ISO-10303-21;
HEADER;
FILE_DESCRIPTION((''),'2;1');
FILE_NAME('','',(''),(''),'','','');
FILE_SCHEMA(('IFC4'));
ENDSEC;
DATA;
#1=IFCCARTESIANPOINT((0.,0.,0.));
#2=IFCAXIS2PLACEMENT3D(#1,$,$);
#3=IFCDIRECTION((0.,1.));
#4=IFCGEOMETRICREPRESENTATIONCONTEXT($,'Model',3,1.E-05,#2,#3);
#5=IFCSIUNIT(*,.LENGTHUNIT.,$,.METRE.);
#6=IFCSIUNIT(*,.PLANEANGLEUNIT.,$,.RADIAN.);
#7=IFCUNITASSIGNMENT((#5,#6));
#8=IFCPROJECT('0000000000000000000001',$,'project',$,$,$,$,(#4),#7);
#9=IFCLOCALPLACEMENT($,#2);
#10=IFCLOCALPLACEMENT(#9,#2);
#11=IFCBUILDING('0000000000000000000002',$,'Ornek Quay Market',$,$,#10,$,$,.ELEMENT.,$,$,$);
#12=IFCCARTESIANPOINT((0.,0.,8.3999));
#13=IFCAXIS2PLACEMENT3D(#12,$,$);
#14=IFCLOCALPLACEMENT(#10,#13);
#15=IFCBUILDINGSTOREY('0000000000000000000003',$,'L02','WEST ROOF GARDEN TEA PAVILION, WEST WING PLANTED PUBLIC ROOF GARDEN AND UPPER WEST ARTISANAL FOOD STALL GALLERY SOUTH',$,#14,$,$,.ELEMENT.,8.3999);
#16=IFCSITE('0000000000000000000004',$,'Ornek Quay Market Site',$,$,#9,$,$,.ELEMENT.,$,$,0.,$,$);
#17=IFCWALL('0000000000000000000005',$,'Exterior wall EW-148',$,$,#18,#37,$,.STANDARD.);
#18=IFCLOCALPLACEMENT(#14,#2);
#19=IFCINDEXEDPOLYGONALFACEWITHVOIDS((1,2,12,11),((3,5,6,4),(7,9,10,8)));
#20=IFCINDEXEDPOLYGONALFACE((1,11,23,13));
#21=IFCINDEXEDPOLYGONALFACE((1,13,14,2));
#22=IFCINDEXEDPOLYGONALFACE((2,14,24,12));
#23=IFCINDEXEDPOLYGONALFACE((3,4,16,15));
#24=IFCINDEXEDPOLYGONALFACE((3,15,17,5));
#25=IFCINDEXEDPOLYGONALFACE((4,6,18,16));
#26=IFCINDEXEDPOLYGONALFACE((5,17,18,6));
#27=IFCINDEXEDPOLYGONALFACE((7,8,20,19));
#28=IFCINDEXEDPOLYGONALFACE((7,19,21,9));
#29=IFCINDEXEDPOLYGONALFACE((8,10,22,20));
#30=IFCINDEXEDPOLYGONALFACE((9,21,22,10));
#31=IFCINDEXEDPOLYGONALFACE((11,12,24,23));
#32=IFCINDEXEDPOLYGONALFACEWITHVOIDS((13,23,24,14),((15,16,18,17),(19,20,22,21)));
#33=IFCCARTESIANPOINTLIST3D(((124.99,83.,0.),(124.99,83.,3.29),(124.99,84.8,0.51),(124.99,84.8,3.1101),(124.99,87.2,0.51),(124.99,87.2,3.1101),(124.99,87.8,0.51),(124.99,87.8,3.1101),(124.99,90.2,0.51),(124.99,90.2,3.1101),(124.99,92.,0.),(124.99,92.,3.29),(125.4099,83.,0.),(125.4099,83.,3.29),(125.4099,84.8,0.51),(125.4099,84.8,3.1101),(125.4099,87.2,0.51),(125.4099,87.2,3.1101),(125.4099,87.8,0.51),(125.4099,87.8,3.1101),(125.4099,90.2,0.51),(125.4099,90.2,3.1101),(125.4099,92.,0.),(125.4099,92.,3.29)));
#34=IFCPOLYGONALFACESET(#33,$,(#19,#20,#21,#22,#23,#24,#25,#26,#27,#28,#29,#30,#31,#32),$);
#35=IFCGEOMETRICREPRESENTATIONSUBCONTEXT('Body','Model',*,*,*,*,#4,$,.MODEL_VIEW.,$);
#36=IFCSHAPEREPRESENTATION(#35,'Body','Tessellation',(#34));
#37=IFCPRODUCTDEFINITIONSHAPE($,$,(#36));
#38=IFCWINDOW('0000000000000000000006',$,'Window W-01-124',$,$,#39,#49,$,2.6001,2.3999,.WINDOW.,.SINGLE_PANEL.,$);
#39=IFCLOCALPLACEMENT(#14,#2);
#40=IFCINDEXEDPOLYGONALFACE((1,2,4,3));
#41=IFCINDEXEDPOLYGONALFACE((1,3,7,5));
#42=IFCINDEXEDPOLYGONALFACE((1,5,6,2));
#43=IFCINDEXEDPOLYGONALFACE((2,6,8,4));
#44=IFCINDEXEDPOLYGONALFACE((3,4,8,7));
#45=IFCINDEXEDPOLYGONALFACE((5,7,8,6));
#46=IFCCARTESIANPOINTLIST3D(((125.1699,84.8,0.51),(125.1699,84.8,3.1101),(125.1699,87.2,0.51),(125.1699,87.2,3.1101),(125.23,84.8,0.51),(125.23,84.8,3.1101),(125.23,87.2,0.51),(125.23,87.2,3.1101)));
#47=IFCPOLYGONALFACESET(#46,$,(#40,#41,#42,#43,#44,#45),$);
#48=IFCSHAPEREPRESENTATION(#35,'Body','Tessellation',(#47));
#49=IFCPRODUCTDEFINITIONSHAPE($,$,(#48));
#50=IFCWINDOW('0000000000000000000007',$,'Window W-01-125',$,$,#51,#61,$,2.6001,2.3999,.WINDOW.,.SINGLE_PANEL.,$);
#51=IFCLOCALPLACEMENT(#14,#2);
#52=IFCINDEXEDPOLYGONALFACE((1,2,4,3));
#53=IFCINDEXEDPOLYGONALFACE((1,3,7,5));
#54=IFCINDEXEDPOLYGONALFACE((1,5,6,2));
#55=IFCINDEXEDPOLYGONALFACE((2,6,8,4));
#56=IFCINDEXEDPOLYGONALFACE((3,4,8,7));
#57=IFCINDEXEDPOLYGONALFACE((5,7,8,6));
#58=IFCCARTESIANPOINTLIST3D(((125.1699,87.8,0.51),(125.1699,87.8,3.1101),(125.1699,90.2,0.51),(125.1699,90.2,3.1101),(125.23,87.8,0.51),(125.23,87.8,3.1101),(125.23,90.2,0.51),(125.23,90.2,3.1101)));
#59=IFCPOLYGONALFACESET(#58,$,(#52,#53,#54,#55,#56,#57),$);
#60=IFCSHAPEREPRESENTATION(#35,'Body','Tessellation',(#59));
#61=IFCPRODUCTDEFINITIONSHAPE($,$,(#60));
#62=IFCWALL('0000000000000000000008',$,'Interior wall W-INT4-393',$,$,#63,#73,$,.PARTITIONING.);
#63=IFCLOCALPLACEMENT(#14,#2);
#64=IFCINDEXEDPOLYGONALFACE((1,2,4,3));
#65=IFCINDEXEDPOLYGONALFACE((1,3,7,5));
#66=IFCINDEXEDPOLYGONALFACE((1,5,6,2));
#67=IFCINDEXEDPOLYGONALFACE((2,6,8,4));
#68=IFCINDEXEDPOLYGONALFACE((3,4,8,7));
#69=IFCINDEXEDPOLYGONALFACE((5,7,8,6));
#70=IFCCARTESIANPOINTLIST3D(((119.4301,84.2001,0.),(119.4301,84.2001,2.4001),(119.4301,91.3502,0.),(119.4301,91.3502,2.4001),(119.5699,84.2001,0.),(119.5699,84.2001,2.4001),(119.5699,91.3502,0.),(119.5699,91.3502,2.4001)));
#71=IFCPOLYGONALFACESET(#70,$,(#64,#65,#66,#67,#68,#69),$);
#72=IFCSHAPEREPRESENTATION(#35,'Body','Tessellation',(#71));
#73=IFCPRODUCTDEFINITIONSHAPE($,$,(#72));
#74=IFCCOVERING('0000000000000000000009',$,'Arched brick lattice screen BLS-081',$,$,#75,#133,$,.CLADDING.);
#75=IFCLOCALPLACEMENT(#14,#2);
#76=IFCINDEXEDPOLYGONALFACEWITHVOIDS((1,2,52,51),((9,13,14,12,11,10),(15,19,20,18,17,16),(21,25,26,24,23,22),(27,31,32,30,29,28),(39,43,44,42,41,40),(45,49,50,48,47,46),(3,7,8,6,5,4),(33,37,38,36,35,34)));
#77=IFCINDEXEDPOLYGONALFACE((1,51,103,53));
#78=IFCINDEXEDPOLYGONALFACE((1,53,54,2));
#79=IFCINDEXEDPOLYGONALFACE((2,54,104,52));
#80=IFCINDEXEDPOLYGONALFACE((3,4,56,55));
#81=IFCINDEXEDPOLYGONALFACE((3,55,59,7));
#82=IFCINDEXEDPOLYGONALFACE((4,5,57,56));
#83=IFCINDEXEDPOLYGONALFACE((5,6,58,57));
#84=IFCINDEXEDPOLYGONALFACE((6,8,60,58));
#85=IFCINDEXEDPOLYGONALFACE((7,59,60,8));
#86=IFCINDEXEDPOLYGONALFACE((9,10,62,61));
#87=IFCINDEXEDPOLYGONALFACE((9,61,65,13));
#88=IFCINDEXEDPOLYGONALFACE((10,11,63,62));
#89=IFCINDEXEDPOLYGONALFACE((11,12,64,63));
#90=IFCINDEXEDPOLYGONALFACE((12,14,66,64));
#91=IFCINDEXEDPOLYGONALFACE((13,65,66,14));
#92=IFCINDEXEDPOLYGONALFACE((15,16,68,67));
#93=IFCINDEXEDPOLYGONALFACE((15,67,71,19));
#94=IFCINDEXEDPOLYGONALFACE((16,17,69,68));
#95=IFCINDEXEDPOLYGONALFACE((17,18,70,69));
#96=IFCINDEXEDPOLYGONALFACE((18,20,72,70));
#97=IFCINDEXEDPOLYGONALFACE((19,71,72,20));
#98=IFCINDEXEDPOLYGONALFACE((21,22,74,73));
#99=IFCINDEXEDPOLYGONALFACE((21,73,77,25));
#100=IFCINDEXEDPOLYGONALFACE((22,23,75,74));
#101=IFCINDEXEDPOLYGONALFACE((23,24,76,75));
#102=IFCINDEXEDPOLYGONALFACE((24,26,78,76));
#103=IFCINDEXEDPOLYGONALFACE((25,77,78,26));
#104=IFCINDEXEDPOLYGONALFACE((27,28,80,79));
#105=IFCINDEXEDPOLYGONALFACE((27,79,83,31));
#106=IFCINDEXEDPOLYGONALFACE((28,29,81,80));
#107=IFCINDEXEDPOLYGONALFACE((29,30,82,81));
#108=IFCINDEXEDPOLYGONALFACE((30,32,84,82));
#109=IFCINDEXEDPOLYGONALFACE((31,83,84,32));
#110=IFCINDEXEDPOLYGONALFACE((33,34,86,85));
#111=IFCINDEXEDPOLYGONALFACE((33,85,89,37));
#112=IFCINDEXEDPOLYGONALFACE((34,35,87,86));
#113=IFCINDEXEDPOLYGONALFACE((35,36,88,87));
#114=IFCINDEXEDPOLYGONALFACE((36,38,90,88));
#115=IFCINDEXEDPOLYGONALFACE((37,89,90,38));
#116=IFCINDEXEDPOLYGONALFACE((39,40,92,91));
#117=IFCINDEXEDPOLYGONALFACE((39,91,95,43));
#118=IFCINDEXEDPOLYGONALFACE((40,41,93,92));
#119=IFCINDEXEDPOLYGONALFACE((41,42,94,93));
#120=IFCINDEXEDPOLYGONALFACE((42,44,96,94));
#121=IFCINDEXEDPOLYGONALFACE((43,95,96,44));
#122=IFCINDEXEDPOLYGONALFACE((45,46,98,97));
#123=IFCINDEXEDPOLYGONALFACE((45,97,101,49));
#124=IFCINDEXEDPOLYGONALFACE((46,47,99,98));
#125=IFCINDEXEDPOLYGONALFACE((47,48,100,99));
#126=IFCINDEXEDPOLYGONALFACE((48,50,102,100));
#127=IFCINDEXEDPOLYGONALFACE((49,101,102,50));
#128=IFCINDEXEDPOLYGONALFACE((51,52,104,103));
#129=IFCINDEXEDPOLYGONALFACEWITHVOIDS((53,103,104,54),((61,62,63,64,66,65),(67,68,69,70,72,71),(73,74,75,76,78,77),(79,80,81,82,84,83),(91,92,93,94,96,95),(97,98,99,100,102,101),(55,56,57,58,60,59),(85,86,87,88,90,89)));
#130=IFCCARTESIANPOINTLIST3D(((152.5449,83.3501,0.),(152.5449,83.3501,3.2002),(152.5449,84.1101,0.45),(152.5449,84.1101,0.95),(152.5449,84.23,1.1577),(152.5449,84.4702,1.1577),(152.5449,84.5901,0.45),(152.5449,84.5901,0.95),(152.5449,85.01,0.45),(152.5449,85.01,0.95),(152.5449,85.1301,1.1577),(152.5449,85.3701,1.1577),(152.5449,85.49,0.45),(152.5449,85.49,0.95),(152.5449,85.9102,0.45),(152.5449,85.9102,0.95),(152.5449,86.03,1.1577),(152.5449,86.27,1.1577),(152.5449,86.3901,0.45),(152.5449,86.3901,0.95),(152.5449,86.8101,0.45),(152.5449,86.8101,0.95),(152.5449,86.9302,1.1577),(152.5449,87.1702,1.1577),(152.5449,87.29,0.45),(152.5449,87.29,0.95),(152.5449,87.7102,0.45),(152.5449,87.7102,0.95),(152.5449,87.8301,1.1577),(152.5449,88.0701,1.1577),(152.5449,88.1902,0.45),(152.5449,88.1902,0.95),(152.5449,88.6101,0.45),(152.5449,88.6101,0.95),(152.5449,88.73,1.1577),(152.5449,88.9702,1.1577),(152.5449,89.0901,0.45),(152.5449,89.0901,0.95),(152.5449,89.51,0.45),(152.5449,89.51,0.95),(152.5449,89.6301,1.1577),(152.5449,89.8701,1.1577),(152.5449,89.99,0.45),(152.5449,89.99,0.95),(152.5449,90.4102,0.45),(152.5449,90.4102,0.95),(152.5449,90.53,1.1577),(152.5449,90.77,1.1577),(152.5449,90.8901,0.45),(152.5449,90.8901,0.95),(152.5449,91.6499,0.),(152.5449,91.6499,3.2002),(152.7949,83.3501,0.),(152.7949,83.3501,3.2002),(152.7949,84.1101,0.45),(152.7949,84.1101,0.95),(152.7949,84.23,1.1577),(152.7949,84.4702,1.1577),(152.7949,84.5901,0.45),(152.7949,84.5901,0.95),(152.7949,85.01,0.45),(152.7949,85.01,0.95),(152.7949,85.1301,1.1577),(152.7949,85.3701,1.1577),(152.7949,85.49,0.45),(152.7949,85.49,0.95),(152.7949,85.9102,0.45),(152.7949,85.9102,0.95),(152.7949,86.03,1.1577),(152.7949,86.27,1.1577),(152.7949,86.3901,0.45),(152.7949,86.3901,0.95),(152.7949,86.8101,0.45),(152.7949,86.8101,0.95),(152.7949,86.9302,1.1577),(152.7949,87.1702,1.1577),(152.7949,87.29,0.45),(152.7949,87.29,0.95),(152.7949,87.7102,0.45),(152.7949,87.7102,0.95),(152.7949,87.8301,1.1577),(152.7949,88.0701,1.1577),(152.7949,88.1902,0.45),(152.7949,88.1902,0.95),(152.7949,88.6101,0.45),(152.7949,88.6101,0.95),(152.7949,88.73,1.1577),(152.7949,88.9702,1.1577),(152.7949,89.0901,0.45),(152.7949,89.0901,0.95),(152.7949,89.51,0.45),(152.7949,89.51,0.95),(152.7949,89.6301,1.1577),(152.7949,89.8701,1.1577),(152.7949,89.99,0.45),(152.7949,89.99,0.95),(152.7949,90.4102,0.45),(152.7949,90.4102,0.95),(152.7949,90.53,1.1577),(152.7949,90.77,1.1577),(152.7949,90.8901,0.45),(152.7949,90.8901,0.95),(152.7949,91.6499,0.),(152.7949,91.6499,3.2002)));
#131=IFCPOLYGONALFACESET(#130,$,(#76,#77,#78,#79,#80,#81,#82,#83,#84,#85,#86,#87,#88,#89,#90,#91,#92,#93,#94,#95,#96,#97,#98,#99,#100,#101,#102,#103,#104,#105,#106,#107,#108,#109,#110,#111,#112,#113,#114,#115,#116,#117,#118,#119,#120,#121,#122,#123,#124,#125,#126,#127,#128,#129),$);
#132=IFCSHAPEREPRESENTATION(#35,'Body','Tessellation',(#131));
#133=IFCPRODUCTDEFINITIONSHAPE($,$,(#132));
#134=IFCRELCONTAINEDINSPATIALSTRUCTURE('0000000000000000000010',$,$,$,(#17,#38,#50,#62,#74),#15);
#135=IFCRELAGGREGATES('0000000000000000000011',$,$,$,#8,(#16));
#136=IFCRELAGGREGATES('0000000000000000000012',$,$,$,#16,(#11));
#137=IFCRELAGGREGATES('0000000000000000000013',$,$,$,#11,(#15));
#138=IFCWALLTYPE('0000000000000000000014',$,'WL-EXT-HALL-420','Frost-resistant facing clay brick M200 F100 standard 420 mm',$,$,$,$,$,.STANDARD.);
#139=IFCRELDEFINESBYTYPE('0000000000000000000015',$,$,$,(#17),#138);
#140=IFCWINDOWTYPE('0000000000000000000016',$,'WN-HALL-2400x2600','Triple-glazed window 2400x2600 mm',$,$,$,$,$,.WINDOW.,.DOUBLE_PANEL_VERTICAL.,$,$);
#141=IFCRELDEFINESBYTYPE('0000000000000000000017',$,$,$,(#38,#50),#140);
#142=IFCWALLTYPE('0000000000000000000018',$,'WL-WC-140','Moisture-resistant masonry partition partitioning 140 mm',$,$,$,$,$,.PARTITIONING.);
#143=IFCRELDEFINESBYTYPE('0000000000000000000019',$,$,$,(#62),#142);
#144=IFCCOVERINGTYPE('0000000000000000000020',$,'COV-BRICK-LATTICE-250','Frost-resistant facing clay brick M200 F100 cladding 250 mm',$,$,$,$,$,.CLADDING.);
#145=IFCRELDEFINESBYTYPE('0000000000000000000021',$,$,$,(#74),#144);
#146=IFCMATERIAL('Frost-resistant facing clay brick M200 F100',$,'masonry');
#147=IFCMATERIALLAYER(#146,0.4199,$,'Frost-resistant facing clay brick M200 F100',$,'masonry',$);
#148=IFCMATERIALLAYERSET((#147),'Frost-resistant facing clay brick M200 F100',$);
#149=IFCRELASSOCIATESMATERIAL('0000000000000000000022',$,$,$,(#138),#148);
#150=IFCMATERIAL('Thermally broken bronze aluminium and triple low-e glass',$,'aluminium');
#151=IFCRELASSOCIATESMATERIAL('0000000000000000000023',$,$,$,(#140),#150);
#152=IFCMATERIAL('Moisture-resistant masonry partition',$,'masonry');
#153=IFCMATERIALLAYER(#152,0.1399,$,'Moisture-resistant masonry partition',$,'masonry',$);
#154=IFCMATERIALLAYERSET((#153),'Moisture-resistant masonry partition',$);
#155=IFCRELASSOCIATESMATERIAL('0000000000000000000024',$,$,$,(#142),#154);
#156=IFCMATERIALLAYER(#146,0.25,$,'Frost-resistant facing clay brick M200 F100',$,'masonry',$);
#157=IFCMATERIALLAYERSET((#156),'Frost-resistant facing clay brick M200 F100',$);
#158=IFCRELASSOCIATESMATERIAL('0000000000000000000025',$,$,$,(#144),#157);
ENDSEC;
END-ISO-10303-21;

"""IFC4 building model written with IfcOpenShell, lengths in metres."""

from ifc_helpers import new_model, si_unit, direction, frame, frame_2d, origin, place, context, subcontext, project, spatial, polyline, rectangle, outline, extrude, material, layer, layer_set, type_object, element, fill, save


model = new_model("IFC4")

# Units and contexts
model_context = context("Model", 3, precision=1e-05, world=origin(), true_north=direction((0.0, 1.0)))
body_context = subcontext(model_context, "Body", "Model", "MODEL_VIEW")
ifc_project = project(units=[si_unit("LENGTHUNIT", "METRE"), si_unit("PLANEANGLEUNIT", "RADIAN")], contexts=[model_context])

# Site, building, storey
site_placement = place(None, origin())
site = spatial("IfcSite", under=ifc_project, at=site_placement, Name="Ornek Quay Market Site", CompositionType="ELEMENT", RefElevation=0.0)
building_placement = place(site_placement, origin())
building = spatial("IfcBuilding", under=site, at=building_placement, Name="Ornek Quay Market", CompositionType="ELEMENT")
storey_placement = place(building_placement, frame((0.0, 0.0, 8.3999)))
storey = spatial("IfcBuildingStorey", under=building, at=storey_placement, Name="L02", Description="WEST ROOF GARDEN TEA PAVILION, WEST WING PLANTED PUBLIC ROOF GARDEN AND UPPER WEST ARTISANAL FOOD STALL GALLERY SOUTH", CompositionType="ELEMENT", Elevation=8.3999)

# Wall, openings, windows
ifc_material_1 = material(Name="Frost-resistant facing clay brick M200 F100", Category="masonry")
ifc_layer_1 = layer(ifc_material_1, 0.4199, Name="Frost-resistant facing clay brick M200 F100", Category="masonry")
ifc_layer_set_1 = layer_set([ifc_layer_1], Name="Frost-resistant facing clay brick M200 F100")
wall_type_1 = type_object("IfcWallType", Name="WL-EXT-HALL-420", Description="Frost-resistant facing clay brick M200 F100 standard 420 mm", PredefinedType="STANDARD", material=ifc_layer_set_1)
wall_1_placement = place(storey_placement, frame((125.2, 83.0, 0.0), z_axis=(0.0, 0.0, 1.0), x_axis=(0.0, 1.0, 0.0)))
wall_1 = element("IfcWall", 1, at=wall_1_placement, inside=storey, type_object=wall_type_1, Name="Exterior wall EW-148", PredefinedType="STANDARD", context=body_context, shape_type="SweptSolid", body=[
    extrude(rectangle(XDim=9.0, YDim=0.4199, at=frame_2d((4.5, 0.0))), origin(), (0.0, 0.0, 1.0), 3.29),
])
opening_1_placement = place(wall_1_placement, frame((1.8, 0.0, 0.51)))
opening_1 = element("IfcOpeningElement", 2, at=opening_1_placement, cuts=wall_1, PredefinedType="OPENING", context=body_context, shape_type="SweptSolid", body=[
    extrude(rectangle(XDim=2.3999, YDim=2.6001, at=frame_2d((1.2, 1.3))), frame((0.0, 0.22, 0.0), z_axis=(0.0, -1.0, 0.0), x_axis=(1.0, 0.0, 0.0)), (0.0, 0.0, 1.0), 0.4399),
])
opening_2_placement = place(wall_1_placement, frame((4.8, 0.0, 0.51)))
opening_2 = element("IfcOpeningElement", 3, at=opening_2_placement, cuts=wall_1, PredefinedType="OPENING", context=body_context, shape_type="SweptSolid", body=[
    extrude(rectangle(XDim=2.3999, YDim=2.6001, at=frame_2d((1.2, 1.3))), frame((0.0, 0.22, 0.0), z_axis=(0.0, -1.0, 0.0), x_axis=(1.0, 0.0, 0.0)), (0.0, 0.0, 1.0), 0.4399),
])
ifc_material_2 = material(Name="Thermally broken bronze aluminium and triple low-e glass", Category="aluminium")
window_type = type_object("IfcWindowType", Name="WN-HALL-2400x2600", Description="Triple-glazed window 2400x2600 mm", PartitioningType="DOUBLE_PANEL_VERTICAL", PredefinedType="WINDOW", material=ifc_material_2)
window_1_placement = place(opening_1_placement, origin())
window_1 = element("IfcWindow", 4, at=window_1_placement, inside=storey, type_object=window_type, Name="Window W-01-124", OverallHeight=2.6001, OverallWidth=2.3999, PartitioningType="SINGLE_PANEL", PredefinedType="WINDOW", context=body_context, shape_type="SweptSolid", body=[
    extrude(rectangle(XDim=2.3999, YDim=2.6001, at=frame_2d((1.2, 1.3))), frame((0.0, 0.03, 0.0), z_axis=(0.0, -1.0, 0.0), x_axis=(1.0, 0.0, 0.0)), (0.0, 0.0, 1.0), 0.0601),
])
fill(opening_1, window_1)
window_2_placement = place(opening_2_placement, origin())
window_2 = element("IfcWindow", 5, at=window_2_placement, inside=storey, type_object=window_type, Name="Window W-01-125", OverallHeight=2.6001, OverallWidth=2.3999, PartitioningType="SINGLE_PANEL", PredefinedType="WINDOW", context=body_context, shape_type="SweptSolid", body=[
    extrude(rectangle(XDim=2.3999, YDim=2.6001, at=frame_2d((1.2, 1.3))), frame((0.0, 0.03, 0.0), z_axis=(0.0, -1.0, 0.0), x_axis=(1.0, 0.0, 0.0)), (0.0, 0.0, 1.0), 0.0601),
])
fill(opening_2, window_2)

# Wall
ifc_material_3 = material(Name="Moisture-resistant masonry partition", Category="masonry")
ifc_layer_2 = layer(ifc_material_3, 0.1399, Name="Moisture-resistant masonry partition", Category="masonry")
ifc_layer_set_2 = layer_set([ifc_layer_2], Name="Moisture-resistant masonry partition")
wall_type_2 = type_object("IfcWallType", Name="WL-WC-140", Description="Moisture-resistant masonry partition partitioning 140 mm", PredefinedType="PARTITIONING", material=ifc_layer_set_2)
wall_2_placement = place(storey_placement, frame((119.5, 84.2, 0.0), z_axis=(0.0, 0.0, 1.0), x_axis=(0.0, 1.0, 0.0)))
element("IfcWall", 6, at=wall_2_placement, inside=storey, type_object=wall_type_2, Name="Interior wall W-INT4-393", PredefinedType="PARTITIONING", context=body_context, shape_type="SweptSolid", body=[
    extrude(rectangle(XDim=7.1501, YDim=0.1399, at=frame_2d((3.5752, 0.0))), origin(), (0.0, 0.0, 1.0), 2.4001),
])

# Covering
ifc_layer_3 = layer(ifc_material_1, 0.25, Name="Frost-resistant facing clay brick M200 F100", Category="masonry")
ifc_layer_set_3 = layer_set([ifc_layer_3], Name="Frost-resistant facing clay brick M200 F100")
covering_type_1 = type_object("IfcCoveringType", Name="COV-BRICK-LATTICE-250", Description="Frost-resistant facing clay brick M200 F100 cladding 250 mm", PredefinedType="CLADDING", material=ifc_layer_set_3)
covering_1_placement = place(storey_placement, frame((152.6699, 83.3501, 0.0), z_axis=(0.0, 0.0, 1.0), x_axis=(0.0, 1.0, 0.0)))
element("IfcCovering", 7, at=covering_1_placement, inside=storey, type_object=covering_type_1, Name="Arched brick lattice screen BLS-081", PredefinedType="CLADDING", context=body_context, shape_type="SweptSolid", body=[
    extrude(outline(polyline([(0.0, 0.0), (8.2998, 0.0), (8.2998, 3.2002), (0.0, 3.2002), (0.0, 0.0)]), holes=[polyline([(0.76, 0.45), (1.24, 0.45), (1.24, 0.95), (1.1201, 1.1577), (0.8799, 1.1577), (0.76, 0.95), (0.76, 0.45)]), polyline([(1.6599, 0.45), (2.1399, 0.45), (2.1399, 0.95), (2.02, 1.1577), (1.78, 1.1577), (1.6599, 0.95), (1.6599, 0.45)]), polyline([(2.5601, 0.45), (3.04, 0.45), (3.04, 0.95), (2.9199, 1.1577), (2.6799, 1.1577), (2.5601, 0.95), (2.5601, 0.45)]), polyline([(3.46, 0.45), (3.9399, 0.45), (3.9399, 0.95), (3.8201, 1.1577), (3.5801, 1.1577), (3.46, 0.95), (3.46, 0.45)]), polyline([(4.3601, 0.45), (4.8401, 0.45), (4.8401, 0.95), (4.72, 1.1577), (4.48, 1.1577), (4.3601, 0.95), (4.3601, 0.45)]), polyline([(5.26, 0.45), (5.74, 0.45), (5.74, 0.95), (5.6201, 1.1577), (5.3799, 1.1577), (5.26, 0.95), (5.26, 0.45)]), polyline([(6.1599, 0.45), (6.6399, 0.45), (6.6399, 0.95), (6.52, 1.1577), (6.28, 1.1577), (6.1599, 0.95), (6.1599, 0.45)]), polyline([(7.0601, 0.45), (7.54, 0.45), (7.54, 0.95), (7.4199, 1.1577), (7.1799, 1.1577), (7.0601, 0.95), (7.0601, 0.45)])]), frame((0.0, 0.125, 0.0), z_axis=(0.0, -1.0, 0.0), x_axis=(1.0, 0.0, 0.0)), (0.0, 0.0, 1.0), 0.25),
])

save(model, "model.ifc")
